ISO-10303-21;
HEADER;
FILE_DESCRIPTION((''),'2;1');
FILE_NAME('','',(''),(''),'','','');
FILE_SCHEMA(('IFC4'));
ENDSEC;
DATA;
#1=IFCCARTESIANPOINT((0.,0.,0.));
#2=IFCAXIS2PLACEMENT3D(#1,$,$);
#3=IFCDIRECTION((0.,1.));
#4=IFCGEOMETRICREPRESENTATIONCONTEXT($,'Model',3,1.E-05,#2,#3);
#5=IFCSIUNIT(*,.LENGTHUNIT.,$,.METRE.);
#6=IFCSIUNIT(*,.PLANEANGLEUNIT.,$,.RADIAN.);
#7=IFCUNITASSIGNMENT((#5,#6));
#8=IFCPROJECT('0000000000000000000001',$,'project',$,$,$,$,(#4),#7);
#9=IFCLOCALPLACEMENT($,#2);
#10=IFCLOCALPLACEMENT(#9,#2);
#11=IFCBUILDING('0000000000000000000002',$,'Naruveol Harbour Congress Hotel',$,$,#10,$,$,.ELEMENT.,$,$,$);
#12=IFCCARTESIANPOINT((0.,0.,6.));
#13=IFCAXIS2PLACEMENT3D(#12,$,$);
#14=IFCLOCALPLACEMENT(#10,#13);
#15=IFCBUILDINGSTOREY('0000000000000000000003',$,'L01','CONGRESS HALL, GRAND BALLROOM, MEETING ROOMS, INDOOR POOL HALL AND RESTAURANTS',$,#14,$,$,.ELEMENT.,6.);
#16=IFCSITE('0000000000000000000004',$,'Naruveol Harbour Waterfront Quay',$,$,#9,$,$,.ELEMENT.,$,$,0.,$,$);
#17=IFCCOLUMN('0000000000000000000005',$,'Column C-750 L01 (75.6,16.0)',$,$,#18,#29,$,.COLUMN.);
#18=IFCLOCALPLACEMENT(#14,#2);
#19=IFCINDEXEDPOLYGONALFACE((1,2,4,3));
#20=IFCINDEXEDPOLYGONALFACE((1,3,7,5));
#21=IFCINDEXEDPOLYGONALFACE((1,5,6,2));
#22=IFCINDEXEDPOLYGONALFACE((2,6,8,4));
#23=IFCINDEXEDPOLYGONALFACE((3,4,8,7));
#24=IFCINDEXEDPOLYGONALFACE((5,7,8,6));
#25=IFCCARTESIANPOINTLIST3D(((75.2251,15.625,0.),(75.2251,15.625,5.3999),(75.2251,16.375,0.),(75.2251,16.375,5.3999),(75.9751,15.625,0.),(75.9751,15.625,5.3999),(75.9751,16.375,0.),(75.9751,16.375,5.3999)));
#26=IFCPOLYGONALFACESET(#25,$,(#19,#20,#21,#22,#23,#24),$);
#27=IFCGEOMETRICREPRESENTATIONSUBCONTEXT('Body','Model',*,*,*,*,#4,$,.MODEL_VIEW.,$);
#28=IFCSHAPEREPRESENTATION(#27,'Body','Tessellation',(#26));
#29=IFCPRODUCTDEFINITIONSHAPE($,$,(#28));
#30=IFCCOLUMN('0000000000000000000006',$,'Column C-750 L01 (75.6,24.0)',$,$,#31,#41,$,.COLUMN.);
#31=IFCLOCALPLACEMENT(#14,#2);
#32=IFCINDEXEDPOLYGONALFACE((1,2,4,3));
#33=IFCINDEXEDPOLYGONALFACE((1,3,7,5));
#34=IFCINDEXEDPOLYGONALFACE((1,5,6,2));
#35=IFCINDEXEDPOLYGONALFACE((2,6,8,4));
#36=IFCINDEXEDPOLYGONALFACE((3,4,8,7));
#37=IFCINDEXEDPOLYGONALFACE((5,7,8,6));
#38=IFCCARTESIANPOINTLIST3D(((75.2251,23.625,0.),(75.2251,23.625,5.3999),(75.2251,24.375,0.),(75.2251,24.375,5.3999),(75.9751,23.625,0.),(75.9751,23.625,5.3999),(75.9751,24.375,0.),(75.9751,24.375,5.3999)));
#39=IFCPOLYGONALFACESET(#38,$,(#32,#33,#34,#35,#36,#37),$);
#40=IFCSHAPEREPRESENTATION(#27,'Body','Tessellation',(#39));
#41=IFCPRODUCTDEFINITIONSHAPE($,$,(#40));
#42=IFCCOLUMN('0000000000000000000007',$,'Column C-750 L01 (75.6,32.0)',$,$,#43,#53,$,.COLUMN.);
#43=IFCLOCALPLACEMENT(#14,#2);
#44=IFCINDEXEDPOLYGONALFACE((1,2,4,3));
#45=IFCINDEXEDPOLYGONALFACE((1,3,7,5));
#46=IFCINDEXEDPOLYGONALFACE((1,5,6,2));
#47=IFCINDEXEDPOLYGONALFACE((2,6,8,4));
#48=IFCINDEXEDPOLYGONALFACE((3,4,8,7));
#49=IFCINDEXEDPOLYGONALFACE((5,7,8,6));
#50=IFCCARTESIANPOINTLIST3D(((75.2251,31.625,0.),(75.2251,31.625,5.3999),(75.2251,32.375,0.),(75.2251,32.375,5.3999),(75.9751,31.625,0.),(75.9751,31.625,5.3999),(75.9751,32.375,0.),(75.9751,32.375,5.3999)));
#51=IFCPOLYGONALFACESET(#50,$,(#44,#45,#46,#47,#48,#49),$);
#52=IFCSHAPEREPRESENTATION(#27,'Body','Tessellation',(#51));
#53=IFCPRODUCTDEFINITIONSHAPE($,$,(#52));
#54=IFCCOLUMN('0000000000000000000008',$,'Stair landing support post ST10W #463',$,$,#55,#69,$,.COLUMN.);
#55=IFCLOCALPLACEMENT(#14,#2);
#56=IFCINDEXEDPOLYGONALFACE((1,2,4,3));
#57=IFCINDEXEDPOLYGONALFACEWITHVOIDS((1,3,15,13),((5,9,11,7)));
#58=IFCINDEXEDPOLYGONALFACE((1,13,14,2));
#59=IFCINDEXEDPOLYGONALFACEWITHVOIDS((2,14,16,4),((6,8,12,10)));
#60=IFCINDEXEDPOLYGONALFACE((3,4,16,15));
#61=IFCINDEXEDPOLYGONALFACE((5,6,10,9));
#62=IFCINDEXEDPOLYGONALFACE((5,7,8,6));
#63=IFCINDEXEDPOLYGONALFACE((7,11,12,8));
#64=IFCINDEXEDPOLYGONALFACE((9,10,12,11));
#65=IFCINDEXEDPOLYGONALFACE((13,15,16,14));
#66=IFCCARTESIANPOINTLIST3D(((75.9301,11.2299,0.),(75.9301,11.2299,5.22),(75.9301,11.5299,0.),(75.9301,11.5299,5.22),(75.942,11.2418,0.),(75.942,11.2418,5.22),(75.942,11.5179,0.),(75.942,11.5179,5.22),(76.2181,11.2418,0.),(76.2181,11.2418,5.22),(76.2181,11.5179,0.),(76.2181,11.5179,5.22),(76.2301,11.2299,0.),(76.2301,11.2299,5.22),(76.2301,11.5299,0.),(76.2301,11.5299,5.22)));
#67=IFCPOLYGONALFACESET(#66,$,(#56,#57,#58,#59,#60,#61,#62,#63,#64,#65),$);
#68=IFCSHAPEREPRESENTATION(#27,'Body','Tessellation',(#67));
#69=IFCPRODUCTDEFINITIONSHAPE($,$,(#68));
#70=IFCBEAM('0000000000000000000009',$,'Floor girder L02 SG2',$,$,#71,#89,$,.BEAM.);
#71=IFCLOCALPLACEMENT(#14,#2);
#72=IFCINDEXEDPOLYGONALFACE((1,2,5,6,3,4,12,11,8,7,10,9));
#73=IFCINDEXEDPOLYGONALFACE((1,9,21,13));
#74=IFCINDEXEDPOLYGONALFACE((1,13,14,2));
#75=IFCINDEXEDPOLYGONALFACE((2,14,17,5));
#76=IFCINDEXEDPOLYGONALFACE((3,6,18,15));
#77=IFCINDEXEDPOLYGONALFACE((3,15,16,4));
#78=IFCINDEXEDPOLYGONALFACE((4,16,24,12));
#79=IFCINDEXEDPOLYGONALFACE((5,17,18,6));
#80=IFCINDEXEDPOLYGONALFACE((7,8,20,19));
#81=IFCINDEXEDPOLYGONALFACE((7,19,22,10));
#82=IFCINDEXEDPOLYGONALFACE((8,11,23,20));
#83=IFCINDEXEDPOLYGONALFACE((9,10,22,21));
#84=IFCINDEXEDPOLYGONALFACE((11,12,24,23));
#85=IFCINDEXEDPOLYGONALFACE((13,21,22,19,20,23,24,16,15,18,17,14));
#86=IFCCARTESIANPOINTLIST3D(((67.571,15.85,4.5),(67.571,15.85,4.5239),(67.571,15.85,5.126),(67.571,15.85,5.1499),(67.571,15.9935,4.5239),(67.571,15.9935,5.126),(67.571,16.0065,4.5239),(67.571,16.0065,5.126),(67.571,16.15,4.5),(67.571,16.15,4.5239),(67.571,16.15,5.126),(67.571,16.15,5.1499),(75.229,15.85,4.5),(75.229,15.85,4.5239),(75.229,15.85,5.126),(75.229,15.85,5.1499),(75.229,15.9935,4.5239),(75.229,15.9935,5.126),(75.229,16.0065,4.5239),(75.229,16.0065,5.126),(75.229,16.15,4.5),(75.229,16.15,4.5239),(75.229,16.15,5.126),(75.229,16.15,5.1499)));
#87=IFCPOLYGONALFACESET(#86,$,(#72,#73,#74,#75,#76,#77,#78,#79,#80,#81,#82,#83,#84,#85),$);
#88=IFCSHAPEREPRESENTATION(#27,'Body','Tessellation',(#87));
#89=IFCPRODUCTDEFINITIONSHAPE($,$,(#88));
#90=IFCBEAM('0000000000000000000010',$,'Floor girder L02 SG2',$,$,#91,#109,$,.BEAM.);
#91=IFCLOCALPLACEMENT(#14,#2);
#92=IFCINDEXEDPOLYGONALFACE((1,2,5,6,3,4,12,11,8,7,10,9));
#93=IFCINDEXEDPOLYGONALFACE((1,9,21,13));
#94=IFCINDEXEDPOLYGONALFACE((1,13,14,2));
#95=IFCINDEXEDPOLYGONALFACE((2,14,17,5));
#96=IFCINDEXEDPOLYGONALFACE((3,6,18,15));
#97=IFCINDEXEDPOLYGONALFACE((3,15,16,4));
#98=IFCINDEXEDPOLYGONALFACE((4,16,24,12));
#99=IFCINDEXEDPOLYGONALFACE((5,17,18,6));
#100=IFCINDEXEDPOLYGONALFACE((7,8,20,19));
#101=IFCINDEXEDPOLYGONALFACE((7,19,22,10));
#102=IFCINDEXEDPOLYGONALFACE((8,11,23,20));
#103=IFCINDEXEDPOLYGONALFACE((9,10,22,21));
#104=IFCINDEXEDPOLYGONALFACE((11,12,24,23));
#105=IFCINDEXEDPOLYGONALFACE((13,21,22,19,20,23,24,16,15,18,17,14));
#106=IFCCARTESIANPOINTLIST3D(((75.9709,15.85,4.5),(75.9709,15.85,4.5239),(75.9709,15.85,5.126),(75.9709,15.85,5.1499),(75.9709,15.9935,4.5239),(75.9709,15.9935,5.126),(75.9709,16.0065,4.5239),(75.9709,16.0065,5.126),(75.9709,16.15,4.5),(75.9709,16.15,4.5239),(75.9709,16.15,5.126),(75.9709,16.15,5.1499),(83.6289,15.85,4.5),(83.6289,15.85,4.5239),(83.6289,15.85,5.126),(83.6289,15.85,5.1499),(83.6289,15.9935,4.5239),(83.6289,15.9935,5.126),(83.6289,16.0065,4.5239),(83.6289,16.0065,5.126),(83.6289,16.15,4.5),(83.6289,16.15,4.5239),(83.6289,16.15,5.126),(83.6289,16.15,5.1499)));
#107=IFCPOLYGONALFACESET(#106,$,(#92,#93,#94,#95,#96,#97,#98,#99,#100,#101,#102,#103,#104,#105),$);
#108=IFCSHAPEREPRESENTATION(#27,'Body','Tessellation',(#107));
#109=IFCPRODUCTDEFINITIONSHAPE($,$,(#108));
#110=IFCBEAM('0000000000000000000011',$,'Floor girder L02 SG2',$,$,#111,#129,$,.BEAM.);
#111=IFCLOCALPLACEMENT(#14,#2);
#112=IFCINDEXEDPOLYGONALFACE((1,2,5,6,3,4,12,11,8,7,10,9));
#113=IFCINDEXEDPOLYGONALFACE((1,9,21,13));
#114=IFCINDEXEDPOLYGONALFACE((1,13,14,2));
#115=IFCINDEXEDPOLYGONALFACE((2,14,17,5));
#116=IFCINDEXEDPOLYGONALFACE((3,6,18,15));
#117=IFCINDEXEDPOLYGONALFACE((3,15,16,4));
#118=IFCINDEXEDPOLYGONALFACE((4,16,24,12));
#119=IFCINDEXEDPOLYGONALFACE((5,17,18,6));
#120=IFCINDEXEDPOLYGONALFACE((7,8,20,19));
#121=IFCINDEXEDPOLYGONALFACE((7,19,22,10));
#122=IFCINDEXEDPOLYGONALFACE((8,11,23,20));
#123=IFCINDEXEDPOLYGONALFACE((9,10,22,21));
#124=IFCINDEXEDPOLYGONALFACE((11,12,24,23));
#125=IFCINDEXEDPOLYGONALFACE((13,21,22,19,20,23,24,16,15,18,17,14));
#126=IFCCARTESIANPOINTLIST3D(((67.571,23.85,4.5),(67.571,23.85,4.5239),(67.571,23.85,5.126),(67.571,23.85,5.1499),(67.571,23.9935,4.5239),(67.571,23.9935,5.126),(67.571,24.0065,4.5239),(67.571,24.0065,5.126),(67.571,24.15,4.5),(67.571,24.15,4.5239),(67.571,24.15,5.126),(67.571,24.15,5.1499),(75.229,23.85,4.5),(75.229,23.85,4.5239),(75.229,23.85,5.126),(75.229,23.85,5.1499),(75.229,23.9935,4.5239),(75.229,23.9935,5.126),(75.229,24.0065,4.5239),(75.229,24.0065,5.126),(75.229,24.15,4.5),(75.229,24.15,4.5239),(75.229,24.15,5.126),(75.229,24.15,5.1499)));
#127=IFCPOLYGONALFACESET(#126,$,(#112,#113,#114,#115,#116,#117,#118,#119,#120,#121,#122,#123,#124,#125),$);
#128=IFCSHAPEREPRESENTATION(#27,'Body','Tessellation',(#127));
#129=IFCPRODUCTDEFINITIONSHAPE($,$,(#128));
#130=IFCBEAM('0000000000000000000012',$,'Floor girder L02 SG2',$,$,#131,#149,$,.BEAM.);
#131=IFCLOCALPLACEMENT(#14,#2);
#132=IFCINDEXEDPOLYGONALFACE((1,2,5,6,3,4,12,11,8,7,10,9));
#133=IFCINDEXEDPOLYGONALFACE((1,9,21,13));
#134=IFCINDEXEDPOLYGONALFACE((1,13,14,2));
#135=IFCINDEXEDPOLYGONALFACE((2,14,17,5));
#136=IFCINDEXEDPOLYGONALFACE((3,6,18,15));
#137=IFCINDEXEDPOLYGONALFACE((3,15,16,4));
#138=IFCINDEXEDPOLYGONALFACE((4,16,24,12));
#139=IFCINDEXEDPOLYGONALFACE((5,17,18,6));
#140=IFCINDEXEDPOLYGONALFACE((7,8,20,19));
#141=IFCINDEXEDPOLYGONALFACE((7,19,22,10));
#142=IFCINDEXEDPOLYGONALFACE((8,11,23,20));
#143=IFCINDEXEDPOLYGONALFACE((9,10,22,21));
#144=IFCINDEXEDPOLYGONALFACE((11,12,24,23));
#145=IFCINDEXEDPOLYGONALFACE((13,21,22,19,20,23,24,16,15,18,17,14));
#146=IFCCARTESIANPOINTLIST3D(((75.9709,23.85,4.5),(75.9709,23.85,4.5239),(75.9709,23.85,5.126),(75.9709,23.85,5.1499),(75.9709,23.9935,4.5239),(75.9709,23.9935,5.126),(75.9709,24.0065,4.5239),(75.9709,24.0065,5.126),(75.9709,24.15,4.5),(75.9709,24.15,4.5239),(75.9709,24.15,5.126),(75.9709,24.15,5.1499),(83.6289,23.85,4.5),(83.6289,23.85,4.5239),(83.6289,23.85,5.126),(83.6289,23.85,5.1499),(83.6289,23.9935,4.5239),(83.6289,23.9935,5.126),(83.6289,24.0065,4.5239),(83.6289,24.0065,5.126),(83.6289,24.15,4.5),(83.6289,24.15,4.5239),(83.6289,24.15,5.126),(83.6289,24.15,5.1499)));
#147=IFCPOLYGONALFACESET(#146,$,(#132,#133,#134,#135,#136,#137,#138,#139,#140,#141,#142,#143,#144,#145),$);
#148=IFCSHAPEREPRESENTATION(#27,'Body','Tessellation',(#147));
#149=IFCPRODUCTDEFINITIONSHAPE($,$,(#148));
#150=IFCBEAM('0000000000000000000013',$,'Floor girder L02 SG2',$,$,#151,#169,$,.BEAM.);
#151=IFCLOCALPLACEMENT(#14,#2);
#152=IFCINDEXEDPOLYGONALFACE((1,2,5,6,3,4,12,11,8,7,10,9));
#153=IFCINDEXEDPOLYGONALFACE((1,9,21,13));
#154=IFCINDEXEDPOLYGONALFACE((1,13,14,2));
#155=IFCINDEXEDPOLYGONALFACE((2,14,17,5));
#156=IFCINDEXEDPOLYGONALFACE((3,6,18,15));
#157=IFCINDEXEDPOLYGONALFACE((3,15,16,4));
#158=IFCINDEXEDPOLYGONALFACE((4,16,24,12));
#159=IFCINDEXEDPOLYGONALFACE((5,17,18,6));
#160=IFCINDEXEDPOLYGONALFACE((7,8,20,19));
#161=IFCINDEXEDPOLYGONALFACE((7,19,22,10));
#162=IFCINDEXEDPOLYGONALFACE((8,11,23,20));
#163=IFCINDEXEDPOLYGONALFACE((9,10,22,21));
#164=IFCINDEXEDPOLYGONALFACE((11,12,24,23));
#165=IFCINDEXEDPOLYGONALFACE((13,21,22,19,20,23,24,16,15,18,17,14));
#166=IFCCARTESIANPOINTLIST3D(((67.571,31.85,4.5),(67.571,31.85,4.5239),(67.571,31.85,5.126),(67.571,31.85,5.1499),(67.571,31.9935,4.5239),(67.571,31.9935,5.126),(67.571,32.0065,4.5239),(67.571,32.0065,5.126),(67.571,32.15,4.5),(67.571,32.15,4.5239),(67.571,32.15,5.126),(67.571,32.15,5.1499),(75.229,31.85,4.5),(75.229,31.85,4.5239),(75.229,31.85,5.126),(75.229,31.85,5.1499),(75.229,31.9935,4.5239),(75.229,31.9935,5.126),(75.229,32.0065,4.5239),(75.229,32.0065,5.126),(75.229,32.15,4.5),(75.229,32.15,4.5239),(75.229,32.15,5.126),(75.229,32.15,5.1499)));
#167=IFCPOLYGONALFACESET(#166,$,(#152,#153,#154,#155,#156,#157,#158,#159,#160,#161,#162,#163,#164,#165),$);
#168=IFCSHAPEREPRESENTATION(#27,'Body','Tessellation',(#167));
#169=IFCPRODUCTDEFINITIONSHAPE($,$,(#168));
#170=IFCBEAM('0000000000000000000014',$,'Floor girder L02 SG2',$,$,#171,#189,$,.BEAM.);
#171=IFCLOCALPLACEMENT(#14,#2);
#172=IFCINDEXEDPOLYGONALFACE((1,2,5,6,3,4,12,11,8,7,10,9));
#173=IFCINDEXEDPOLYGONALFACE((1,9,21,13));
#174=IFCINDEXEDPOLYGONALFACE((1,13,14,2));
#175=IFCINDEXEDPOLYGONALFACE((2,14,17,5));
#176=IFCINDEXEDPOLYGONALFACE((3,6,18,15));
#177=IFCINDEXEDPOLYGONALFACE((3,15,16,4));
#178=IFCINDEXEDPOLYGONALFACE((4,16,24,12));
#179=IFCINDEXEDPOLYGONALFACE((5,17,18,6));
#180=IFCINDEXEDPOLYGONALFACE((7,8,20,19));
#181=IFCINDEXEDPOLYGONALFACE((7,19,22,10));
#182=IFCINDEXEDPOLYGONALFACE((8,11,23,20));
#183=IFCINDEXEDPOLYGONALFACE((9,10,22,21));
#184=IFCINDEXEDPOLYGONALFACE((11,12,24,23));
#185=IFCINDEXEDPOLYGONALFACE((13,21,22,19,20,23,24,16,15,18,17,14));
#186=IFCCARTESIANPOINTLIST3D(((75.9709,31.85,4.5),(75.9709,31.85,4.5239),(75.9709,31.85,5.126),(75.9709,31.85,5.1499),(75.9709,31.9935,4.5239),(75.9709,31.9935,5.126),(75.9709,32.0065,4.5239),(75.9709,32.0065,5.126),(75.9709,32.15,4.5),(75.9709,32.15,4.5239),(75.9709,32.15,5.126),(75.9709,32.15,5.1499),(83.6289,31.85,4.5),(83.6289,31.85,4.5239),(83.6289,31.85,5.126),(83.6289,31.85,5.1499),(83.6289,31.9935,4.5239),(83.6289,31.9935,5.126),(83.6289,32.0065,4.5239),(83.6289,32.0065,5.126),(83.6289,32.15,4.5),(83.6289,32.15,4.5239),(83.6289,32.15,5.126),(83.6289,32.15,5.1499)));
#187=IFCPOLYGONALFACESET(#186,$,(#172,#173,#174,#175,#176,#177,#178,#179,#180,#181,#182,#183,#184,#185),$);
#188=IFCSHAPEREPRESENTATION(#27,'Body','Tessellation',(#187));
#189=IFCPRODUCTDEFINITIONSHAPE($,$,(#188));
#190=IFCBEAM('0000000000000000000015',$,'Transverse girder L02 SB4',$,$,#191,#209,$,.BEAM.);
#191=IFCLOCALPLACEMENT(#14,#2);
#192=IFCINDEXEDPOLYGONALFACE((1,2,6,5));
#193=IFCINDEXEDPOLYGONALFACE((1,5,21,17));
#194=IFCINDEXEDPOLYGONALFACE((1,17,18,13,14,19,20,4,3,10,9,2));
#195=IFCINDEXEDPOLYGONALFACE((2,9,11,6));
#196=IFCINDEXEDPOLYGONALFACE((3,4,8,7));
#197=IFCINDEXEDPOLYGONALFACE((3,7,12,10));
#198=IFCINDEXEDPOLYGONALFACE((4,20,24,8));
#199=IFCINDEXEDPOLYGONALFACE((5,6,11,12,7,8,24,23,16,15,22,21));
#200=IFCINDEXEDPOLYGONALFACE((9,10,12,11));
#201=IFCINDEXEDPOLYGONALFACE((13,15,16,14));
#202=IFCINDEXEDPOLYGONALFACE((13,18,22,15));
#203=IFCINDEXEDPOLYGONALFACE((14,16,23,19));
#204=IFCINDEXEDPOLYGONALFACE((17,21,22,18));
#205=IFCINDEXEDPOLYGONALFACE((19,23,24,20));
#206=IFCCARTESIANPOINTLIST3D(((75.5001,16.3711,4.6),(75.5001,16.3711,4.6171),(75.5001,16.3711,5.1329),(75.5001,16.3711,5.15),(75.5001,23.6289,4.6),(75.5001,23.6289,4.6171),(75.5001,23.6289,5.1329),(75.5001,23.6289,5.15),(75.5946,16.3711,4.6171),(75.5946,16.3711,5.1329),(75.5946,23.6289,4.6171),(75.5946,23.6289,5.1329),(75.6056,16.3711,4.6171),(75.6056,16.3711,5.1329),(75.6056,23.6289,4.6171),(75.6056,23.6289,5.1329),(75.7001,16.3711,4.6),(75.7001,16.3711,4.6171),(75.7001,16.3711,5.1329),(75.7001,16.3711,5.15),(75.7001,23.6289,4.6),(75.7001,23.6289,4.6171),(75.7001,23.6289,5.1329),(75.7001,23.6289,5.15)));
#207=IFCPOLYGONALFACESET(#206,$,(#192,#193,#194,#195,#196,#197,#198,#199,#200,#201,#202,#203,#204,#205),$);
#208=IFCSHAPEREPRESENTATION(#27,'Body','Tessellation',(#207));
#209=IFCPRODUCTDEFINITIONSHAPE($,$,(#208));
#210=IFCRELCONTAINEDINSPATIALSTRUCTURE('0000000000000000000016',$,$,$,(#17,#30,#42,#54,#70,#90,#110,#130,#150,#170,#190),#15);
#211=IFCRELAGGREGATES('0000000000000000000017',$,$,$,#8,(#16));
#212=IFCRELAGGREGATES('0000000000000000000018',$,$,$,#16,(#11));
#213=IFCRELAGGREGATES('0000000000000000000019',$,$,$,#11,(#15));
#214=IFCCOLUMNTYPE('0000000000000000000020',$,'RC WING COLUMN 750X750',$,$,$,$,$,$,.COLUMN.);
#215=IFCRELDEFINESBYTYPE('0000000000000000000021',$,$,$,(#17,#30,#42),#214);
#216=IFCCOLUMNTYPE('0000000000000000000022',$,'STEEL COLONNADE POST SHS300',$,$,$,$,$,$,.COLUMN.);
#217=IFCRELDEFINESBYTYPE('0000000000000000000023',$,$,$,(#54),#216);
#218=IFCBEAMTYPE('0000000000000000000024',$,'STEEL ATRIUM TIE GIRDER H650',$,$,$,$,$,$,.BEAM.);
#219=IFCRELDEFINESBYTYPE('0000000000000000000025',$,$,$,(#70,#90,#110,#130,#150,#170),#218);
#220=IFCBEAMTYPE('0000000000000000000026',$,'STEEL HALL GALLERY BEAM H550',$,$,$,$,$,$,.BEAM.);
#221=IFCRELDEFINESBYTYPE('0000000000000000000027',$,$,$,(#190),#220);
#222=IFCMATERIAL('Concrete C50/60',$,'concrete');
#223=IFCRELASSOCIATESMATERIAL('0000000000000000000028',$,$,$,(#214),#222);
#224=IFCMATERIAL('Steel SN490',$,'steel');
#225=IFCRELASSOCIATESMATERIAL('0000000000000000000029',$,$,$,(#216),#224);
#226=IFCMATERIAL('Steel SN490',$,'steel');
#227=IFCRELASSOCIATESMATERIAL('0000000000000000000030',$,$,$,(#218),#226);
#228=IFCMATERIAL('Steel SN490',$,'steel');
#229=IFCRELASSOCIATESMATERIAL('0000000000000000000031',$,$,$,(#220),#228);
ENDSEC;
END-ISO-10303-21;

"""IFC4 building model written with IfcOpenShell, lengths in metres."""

from ifc_helpers import new_model, si_unit, direction, frame, origin, origin_2d, place, context, subcontext, project, spatial, rectangle, hollow_rectangle, i_section, extrude, material, material_profile, profile_set, type_object, element, save


model = new_model("IFC4")

# Units and contexts
model_context = context("Model", 3, precision=1e-05, world=origin(), true_north=direction((0.0, 1.0)))
body_context = subcontext(model_context, "Body", "Model", "MODEL_VIEW")
ifc_project = project(units=[si_unit("LENGTHUNIT", "METRE"), si_unit("PLANEANGLEUNIT", "RADIAN")], contexts=[model_context])

# Site, building, storey
site_placement = place(None, origin())
site = spatial("IfcSite", under=ifc_project, at=site_placement, Name="Naruveol Harbour Waterfront Quay", CompositionType="ELEMENT", RefElevation=0.0)
building_placement = place(site_placement, origin())
building = spatial("IfcBuilding", under=site, at=building_placement, Name="Naruveol Harbour Congress Hotel", CompositionType="ELEMENT")
storey_placement = place(building_placement, frame((0.0, 0.0, 6.0)))
storey = spatial("IfcBuildingStorey", under=building, at=storey_placement, Name="L01", Description="CONGRESS HALL, GRAND BALLROOM, MEETING ROOMS, INDOOR POOL HALL AND RESTAURANTS", CompositionType="ELEMENT", Elevation=6.0)

# Columns
ifc_material_1 = material(Name="Concrete C50/60", Category="concrete")
ifc_material_profile_1 = material_profile(ifc_material_1, rectangle(XDim=0.75, YDim=0.75, at=origin_2d()), Name="RC-750x750")
ifc_profile_set_1 = profile_set([ifc_material_profile_1], Name="Concrete C50/60")
column_type_1 = type_object("IfcColumnType", Name="RC WING COLUMN 750X750", PredefinedType="COLUMN", material=ifc_profile_set_1)
for number, where, z_axis, x_axis, name in (
    (1, (75.6001, 16.0, 0.0), (0.0, 0.0, 1.0), (1.0, 0.0, 0.0), "Column C-750 L01 (75.6,16.0)"),
    (2, (75.6001, 24.0, 0.0), (0.0, 0.0, 1.0), (1.0, 0.0, 0.0), "Column C-750 L01 (75.6,24.0)"),
    (3, (75.6001, 32.0, 0.0), (0.0, 0.0, 1.0), (1.0, 0.0, 0.0), "Column C-750 L01 (75.6,32.0)"),
):
    element("IfcColumn", number, at=place(storey_placement, frame(where, z_axis=z_axis, x_axis=x_axis)), inside=storey, type_object=column_type_1, Name=name, PredefinedType="COLUMN", context=body_context, shape_type="SweptSolid", body=[
        extrude(rectangle(XDim=0.75, YDim=0.75, at=origin_2d()), origin(), (0.0, 0.0, 1.0), 5.3999),
    ])
ifc_material_2 = material(Name="Steel SN490", Category="steel")
ifc_material_profile_2 = material_profile(ifc_material_2, hollow_rectangle(XDim=0.3, YDim=0.3, WallThickness=0.012, at=origin_2d()), Name="SHS-300x300x12")
ifc_profile_set_2 = profile_set([ifc_material_profile_2], Name="Steel SN490")
column_type_2 = type_object("IfcColumnType", Name="STEEL COLONNADE POST SHS300", PredefinedType="COLUMN", material=ifc_profile_set_2)
column_placement = place(storey_placement, frame((76.0801, 11.3799, 0.0), z_axis=(0.0, 0.0, 1.0), x_axis=(1.0, 0.0, 0.0)))
element("IfcColumn", 4, at=column_placement, inside=storey, type_object=column_type_2, Name="Stair landing support post ST10W #463", PredefinedType="COLUMN", context=body_context, shape_type="SweptSolid", body=[
    extrude(hollow_rectangle(XDim=0.3, YDim=0.3, WallThickness=0.012, at=origin_2d()), origin(), (0.0, 0.0, 1.0), 5.22),
])

# Beams
ifc_material_3 = material(Name="Steel SN490", Category="steel")
ifc_material_profile_3 = material_profile(ifc_material_3, i_section(OverallWidth=0.3, OverallDepth=0.6499, WebThickness=0.0129, FlangeThickness=0.0239, at=origin_2d()), Name="H-650x300x13x24")
ifc_profile_set_3 = profile_set([ifc_material_profile_3], Name="Steel SN490")
beam_type_1 = type_object("IfcBeamType", Name="STEEL ATRIUM TIE GIRDER H650", PredefinedType="BEAM", material=ifc_profile_set_3)
for number, where, z_axis, x_axis, name in (
    (5, (67.571, 16.0, 4.825), (1.0, 0.0, 0.0), (0.0, 1.0, 0.0), "Floor girder L02 SG2"),
    (6, (75.9709, 16.0, 4.825), (1.0, 0.0, 0.0), (0.0, 1.0, 0.0), "Floor girder L02 SG2"),
    (7, (67.571, 24.0, 4.825), (1.0, 0.0, 0.0), (0.0, 1.0, 0.0), "Floor girder L02 SG2"),
    (8, (75.9709, 24.0, 4.825), (1.0, 0.0, 0.0), (0.0, 1.0, 0.0), "Floor girder L02 SG2"),
    (9, (67.571, 32.0, 4.825), (1.0, 0.0, 0.0), (0.0, 1.0, 0.0), "Floor girder L02 SG2"),
    (10, (75.9709, 32.0, 4.825), (1.0, 0.0, 0.0), (0.0, 1.0, 0.0), "Floor girder L02 SG2"),
):
    element("IfcBeam", number, at=place(storey_placement, frame(where, z_axis=z_axis, x_axis=x_axis)), inside=storey, type_object=beam_type_1, Name=name, PredefinedType="BEAM", context=body_context, shape_type="SweptSolid", body=[
        extrude(i_section(OverallWidth=0.3, OverallDepth=0.6499, WebThickness=0.0129, FlangeThickness=0.0239, at=origin_2d()), origin(), (0.0, 0.0, 1.0), 7.658),
    ])
ifc_material_4 = material(Name="Steel SN490", Category="steel")
ifc_material_profile_4 = material_profile(ifc_material_4, i_section(OverallWidth=0.2, OverallDepth=0.55, WebThickness=0.011, FlangeThickness=0.0171, at=origin_2d()), Name="H-550x200x11x17")
ifc_profile_set_4 = profile_set([ifc_material_profile_4], Name="Steel SN490")
beam_type_2 = type_object("IfcBeamType", Name="STEEL HALL GALLERY BEAM H550", PredefinedType="BEAM", material=ifc_profile_set_4)
for number, where, z_axis, x_axis, name in (
    (11, (75.6001, 16.3711, 4.875), (0.0, 1.0, 0.0), (-1.0, 0.0, 0.0), "Transverse girder L02 SB4"),
):
    element("IfcBeam", number, at=place(storey_placement, frame(where, z_axis=z_axis, x_axis=x_axis)), inside=storey, type_object=beam_type_2, Name=name, PredefinedType="BEAM", context=body_context, shape_type="SweptSolid", body=[
        extrude(i_section(OverallWidth=0.2, OverallDepth=0.55, WebThickness=0.011, FlangeThickness=0.0171, at=origin_2d()), origin(), (0.0, 0.0, 1.0), 7.2578),
    ])

save(model, "model.ifc")
